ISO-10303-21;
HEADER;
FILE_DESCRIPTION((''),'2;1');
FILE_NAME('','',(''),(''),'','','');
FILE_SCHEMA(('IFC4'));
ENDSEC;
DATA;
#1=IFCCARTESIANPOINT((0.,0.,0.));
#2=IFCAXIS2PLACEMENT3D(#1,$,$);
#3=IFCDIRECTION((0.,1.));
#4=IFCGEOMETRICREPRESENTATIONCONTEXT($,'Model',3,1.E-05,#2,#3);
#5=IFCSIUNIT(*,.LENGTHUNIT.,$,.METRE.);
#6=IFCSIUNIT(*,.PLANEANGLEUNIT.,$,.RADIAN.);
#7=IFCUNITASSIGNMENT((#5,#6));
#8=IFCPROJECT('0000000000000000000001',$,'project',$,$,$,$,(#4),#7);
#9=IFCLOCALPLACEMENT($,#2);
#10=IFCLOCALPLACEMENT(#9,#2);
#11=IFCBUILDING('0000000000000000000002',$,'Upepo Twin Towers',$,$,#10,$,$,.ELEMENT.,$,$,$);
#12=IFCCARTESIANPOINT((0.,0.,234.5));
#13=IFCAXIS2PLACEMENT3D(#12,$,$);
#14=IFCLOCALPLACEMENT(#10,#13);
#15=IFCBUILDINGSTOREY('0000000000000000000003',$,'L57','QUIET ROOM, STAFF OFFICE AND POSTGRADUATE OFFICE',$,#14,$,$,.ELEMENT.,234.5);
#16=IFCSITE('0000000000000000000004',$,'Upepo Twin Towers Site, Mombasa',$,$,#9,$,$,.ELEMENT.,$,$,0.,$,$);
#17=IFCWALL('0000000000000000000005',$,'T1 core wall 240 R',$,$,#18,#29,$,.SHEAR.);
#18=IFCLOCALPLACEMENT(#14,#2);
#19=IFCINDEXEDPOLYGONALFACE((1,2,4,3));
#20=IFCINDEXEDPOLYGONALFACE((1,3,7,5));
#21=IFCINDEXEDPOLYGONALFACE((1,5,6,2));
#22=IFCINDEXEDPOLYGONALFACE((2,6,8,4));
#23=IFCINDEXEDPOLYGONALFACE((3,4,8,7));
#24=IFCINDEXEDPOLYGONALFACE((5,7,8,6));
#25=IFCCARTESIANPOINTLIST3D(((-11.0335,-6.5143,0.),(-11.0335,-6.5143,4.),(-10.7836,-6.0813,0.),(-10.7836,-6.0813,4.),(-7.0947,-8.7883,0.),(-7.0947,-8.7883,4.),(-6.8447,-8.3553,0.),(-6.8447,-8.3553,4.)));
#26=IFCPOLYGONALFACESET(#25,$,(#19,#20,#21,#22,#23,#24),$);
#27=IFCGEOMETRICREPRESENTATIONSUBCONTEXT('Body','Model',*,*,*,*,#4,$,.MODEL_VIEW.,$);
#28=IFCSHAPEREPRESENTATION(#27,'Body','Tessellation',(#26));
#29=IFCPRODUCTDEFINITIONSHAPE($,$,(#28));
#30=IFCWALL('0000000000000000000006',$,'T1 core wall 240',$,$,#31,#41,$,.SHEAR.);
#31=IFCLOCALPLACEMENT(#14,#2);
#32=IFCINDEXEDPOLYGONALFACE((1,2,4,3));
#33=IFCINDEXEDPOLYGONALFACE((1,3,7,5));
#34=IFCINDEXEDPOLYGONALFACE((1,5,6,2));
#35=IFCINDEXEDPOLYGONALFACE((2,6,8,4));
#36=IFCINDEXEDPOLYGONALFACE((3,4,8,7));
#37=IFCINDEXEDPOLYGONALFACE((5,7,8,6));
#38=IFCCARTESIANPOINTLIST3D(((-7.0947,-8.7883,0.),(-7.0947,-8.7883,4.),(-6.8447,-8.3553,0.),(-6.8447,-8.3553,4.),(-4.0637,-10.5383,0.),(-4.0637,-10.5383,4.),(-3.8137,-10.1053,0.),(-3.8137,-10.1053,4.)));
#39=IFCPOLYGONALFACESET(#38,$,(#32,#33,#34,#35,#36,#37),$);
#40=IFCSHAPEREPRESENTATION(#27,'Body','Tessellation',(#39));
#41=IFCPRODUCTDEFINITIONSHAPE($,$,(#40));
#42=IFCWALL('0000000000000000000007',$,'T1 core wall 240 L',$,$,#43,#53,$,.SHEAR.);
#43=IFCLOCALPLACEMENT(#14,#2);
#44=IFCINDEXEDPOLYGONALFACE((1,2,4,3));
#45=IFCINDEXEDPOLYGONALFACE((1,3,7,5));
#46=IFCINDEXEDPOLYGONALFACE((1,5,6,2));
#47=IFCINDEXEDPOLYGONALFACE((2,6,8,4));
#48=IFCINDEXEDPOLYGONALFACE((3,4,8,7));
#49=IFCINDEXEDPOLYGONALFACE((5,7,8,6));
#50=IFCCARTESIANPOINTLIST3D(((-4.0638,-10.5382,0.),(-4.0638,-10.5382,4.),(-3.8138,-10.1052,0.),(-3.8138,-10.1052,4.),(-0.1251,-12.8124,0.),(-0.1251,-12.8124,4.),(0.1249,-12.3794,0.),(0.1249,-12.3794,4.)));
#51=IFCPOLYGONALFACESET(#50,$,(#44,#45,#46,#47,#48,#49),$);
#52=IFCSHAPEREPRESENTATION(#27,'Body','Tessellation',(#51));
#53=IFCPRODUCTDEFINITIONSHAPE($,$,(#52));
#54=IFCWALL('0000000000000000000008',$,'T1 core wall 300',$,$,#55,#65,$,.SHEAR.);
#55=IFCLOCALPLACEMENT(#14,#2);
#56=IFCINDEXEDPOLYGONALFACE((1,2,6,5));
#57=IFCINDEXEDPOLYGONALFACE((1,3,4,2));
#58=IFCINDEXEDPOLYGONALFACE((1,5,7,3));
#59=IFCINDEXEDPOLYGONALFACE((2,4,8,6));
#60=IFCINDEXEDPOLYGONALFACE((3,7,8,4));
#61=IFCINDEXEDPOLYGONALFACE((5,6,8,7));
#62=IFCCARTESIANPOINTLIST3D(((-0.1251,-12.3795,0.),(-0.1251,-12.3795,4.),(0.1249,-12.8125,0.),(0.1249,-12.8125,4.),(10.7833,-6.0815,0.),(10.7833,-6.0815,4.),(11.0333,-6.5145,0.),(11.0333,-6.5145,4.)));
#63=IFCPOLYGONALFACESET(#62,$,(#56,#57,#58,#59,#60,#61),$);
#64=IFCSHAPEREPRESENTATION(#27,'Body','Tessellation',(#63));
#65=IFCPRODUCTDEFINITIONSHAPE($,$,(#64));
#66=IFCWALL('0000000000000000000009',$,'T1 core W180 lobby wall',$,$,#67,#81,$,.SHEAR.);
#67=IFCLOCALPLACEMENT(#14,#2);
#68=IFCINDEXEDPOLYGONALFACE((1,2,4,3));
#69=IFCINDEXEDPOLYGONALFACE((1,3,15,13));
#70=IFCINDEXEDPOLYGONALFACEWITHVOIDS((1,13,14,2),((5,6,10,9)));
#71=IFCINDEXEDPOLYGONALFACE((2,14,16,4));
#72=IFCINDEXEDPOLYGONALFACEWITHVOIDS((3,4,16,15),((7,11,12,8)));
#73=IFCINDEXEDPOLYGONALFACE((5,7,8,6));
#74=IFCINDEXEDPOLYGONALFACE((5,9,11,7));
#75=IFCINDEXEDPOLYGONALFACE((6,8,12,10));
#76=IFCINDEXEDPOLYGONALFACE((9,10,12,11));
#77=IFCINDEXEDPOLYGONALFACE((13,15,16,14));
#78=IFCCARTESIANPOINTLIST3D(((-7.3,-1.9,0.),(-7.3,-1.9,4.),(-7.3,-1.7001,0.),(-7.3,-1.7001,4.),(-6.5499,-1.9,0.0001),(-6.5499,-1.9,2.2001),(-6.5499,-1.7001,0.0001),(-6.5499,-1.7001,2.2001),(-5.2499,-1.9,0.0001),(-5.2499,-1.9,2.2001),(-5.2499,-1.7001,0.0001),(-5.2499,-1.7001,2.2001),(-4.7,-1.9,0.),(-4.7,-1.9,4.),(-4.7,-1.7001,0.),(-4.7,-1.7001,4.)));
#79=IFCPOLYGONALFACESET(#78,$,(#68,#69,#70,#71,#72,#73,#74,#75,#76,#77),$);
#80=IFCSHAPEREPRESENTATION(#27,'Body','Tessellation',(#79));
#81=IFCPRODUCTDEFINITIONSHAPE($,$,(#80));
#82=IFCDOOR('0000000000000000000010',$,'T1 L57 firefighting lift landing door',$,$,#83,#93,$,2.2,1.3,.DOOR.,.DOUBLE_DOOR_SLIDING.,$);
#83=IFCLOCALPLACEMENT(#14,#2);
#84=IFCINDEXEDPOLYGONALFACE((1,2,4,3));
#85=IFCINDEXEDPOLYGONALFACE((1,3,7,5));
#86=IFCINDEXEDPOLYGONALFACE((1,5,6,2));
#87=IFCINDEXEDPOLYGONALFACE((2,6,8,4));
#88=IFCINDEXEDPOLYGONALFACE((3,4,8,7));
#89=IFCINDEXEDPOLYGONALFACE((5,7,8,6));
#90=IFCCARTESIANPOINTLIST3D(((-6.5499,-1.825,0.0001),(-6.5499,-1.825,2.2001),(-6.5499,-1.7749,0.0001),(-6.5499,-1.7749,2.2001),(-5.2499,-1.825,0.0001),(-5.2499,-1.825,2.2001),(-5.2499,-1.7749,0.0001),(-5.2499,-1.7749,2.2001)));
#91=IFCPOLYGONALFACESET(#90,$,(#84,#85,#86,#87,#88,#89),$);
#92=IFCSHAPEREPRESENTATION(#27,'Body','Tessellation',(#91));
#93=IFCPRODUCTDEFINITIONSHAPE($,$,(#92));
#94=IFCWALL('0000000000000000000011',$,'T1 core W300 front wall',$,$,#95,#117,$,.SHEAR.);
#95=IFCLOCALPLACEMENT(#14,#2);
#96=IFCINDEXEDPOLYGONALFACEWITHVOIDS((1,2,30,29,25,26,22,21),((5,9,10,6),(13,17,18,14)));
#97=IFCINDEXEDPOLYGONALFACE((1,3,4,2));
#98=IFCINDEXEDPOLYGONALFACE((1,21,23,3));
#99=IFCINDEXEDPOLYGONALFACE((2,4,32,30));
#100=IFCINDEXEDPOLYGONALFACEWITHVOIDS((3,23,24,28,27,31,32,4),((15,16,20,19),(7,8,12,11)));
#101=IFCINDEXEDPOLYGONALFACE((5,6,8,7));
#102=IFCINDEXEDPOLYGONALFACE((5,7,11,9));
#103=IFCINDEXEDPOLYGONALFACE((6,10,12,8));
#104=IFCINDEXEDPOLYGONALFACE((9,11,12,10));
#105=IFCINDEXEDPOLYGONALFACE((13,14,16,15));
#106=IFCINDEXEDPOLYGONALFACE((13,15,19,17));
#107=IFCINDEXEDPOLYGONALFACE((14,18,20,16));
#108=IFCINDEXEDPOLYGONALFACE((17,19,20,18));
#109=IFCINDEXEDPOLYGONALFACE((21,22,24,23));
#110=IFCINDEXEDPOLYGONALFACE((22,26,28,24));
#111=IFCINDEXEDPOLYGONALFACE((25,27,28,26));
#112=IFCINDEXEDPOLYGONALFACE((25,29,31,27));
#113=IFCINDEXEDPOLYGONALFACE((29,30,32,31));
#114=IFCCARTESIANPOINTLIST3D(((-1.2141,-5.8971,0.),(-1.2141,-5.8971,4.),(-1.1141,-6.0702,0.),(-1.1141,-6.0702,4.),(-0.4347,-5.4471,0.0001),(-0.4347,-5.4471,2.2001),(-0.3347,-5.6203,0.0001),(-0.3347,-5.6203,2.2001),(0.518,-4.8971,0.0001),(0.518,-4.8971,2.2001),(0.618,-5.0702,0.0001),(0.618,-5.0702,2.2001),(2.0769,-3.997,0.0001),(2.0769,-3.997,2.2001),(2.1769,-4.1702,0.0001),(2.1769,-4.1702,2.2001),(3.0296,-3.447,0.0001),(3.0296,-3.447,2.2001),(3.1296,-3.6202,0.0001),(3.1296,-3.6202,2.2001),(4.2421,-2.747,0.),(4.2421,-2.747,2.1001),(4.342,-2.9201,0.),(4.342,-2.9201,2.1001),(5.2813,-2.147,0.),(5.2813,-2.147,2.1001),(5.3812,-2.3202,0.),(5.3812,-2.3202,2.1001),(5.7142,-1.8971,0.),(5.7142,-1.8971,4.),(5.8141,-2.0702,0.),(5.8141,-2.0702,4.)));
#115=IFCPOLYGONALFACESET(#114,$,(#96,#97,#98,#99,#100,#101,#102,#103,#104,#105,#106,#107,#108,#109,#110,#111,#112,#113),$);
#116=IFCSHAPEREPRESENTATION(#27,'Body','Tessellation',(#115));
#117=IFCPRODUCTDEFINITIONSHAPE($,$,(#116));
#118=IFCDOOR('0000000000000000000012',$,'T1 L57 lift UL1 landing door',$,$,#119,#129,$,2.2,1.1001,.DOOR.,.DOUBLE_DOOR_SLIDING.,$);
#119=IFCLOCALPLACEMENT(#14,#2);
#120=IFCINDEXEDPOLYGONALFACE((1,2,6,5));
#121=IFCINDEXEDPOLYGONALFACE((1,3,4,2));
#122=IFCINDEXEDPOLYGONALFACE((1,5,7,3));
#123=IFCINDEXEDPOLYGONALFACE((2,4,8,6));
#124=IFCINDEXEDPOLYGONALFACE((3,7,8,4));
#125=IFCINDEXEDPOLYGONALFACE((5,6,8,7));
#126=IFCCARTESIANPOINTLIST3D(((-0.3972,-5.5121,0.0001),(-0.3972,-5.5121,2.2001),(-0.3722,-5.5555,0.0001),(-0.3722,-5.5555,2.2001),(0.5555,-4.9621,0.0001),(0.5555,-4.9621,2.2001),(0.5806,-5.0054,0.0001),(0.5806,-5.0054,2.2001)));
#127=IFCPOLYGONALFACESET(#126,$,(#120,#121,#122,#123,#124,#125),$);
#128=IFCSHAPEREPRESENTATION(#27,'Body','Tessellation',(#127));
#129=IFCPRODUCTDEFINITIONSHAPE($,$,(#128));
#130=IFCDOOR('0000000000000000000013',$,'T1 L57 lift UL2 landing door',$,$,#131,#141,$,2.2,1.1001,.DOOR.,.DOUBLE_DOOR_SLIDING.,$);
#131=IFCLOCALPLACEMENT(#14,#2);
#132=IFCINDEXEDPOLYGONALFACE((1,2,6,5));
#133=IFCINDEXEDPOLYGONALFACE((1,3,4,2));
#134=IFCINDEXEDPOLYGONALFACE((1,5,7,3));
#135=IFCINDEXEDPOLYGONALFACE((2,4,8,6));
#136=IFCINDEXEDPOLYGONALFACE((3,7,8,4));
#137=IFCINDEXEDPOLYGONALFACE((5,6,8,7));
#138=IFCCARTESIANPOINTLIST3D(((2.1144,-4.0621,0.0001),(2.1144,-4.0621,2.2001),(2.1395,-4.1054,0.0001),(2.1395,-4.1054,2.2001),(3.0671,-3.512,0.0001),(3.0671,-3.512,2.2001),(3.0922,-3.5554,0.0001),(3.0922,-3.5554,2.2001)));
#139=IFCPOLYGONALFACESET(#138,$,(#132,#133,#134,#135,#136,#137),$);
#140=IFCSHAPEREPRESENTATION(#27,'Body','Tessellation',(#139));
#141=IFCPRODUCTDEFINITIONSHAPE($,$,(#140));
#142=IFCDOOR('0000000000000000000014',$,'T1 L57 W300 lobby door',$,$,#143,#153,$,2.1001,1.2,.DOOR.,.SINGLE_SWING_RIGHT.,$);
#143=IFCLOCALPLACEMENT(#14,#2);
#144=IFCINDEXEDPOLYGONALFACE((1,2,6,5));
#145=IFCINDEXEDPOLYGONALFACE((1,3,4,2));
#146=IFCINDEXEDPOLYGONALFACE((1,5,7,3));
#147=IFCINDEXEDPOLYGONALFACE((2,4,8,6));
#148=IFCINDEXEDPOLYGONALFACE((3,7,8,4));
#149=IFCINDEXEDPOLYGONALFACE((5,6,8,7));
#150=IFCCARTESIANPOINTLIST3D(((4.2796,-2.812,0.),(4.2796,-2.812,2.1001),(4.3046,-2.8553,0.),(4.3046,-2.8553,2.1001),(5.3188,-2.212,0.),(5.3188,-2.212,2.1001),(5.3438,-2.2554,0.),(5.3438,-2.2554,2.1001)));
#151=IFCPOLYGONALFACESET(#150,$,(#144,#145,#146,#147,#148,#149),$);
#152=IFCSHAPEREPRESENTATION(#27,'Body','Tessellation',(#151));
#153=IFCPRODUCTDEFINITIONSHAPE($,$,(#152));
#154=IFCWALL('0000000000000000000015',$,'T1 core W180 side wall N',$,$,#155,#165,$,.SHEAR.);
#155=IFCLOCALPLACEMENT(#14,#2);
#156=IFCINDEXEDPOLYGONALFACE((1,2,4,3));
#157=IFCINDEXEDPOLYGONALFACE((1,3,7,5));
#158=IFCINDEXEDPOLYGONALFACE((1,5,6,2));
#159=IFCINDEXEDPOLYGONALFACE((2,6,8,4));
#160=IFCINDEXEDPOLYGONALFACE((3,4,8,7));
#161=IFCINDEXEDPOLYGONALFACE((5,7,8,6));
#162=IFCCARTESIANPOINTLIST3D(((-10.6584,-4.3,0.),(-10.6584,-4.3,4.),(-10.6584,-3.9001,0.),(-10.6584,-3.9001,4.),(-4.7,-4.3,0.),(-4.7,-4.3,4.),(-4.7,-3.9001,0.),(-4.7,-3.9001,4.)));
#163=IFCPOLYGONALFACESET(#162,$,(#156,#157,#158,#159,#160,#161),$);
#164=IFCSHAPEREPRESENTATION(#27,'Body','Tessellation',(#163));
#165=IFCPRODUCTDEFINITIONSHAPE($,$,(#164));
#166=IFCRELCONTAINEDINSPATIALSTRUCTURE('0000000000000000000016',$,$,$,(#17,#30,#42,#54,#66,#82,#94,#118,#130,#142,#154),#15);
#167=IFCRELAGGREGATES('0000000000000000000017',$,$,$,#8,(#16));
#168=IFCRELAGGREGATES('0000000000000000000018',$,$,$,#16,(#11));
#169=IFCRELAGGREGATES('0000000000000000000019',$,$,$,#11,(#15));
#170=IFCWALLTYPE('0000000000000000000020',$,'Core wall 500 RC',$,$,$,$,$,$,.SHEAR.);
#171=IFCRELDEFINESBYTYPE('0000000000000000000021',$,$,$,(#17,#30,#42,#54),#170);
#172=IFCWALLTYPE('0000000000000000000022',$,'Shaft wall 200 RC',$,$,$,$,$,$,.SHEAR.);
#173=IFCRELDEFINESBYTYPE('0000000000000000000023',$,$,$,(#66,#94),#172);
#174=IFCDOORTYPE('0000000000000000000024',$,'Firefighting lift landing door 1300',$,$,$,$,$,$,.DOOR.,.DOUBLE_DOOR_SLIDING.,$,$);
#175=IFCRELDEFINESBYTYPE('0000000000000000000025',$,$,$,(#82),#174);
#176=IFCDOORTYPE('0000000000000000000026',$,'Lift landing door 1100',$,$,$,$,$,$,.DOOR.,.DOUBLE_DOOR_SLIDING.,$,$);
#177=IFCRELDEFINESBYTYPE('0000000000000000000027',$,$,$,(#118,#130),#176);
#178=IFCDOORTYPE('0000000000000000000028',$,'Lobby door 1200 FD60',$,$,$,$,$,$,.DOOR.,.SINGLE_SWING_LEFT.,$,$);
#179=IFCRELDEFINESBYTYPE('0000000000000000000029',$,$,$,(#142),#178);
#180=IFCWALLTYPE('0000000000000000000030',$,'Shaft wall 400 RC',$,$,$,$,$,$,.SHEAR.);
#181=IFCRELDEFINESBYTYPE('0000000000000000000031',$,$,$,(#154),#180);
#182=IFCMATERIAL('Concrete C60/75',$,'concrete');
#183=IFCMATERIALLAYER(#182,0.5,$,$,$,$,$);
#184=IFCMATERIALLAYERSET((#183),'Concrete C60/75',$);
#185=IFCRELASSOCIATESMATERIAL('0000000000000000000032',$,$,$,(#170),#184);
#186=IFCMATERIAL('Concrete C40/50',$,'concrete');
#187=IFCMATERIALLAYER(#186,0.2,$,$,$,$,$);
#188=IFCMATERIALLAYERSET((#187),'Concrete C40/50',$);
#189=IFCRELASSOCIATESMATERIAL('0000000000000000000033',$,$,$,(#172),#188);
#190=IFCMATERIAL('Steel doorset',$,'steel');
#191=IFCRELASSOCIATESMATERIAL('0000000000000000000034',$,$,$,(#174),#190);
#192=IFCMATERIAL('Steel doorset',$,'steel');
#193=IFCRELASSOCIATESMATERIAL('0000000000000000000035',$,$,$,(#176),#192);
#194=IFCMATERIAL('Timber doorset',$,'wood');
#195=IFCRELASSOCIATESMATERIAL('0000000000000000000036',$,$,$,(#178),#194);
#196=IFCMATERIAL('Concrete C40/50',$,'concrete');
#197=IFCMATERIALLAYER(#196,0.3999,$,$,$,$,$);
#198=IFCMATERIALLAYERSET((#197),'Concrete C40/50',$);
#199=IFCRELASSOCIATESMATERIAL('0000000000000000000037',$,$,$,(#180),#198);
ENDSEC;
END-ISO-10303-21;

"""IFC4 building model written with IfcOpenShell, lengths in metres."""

from ifc_helpers import new_model, si_unit, direction, frame, frame_2d, origin, place, context, subcontext, project, spatial, rectangle, extrude, material, layer, layer_set, type_object, element, fill, save


model = new_model("IFC4")

# Units and contexts
model_context = context("Model", 3, precision=1e-05, world=origin(), true_north=direction((0.0, 1.0)))
body_context = subcontext(model_context, "Body", "Model", "MODEL_VIEW")
ifc_project = project(units=[si_unit("LENGTHUNIT", "METRE"), si_unit("PLANEANGLEUNIT", "RADIAN")], contexts=[model_context])

# Site, building, storey
site_placement = place(None, origin())
site = spatial("IfcSite", under=ifc_project, at=site_placement, Name="Upepo Twin Towers Site, Mombasa", CompositionType="ELEMENT", RefElevation=0.0)
building_placement = place(site_placement, origin())
building = spatial("IfcBuilding", under=site, at=building_placement, Name="Upepo Twin Towers", CompositionType="ELEMENT")
storey_placement = place(building_placement, frame((0.0, 0.0, 234.5)))
storey = spatial("IfcBuildingStorey", under=building, at=storey_placement, Name="L57", Description="QUIET ROOM, STAFF OFFICE AND POSTGRADUATE OFFICE", CompositionType="ELEMENT", Elevation=234.5)

# Walls
ifc_material_1 = material(Name="Concrete C60/75", Category="concrete")
ifc_layer_1 = layer(ifc_material_1, 0.5)
ifc_layer_set_1 = layer_set([ifc_layer_1], Name="Concrete C60/75")
wall_type_1 = type_object("IfcWallType", Name="Core wall 500 RC", PredefinedType="SHEAR", material=ifc_layer_set_1)
wall_1_placement = place(storey_placement, frame((-10.9084, -6.2979, 0.0), z_axis=(0.0, 0.0, 1.0), x_axis=(0.866035, -0.499984, 0.0)))
element("IfcWall", 1, at=wall_1_placement, inside=storey, type_object=wall_type_1, Name="T1 core wall 240 R", PredefinedType="SHEAR", context=body_context, shape_type="SweptSolid", body=[
    extrude(rectangle(XDim=4.5481, YDim=0.5, at=frame_2d((2.2739, 0.0))), origin(), (0.0, 0.0, 1.0), 4.0),
])
wall_2_placement = place(storey_placement, frame((-6.9697, -8.5718, 0.0), z_axis=(0.0, 0.0, 1.0), x_axis=(0.866019, -0.50001, 0.0)))
element("IfcWall", 2, at=wall_2_placement, inside=storey, type_object=wall_type_1, Name="T1 core wall 240", PredefinedType="SHEAR", context=body_context, shape_type="SweptSolid", body=[
    extrude(rectangle(XDim=3.5, YDim=0.5, at=frame_2d((1.75, 0.0))), origin(), (0.0, 0.0, 1.0), 4.0),
])
wall_3_placement = place(storey_placement, frame((-3.9387, -10.3218, 0.0), z_axis=(0.0, 0.0, 1.0), x_axis=(0.866011, -0.500024, 0.0)))
element("IfcWall", 3, at=wall_3_placement, inside=storey, type_object=wall_type_1, Name="T1 core wall 240 L", PredefinedType="SHEAR", context=body_context, shape_type="SweptSolid", body=[
    extrude(rectangle(XDim=4.5481, YDim=0.5, at=frame_2d((2.2739, 0.0))), origin(), (0.0, 0.0, 1.0), 4.0),
])
wall_4_placement = place(storey_placement, frame((0.0, -12.5959, 0.0), z_axis=(0.0, 0.0, 1.0), x_axis=(0.866022, 0.500006, 0.0)))
element("IfcWall", 4, at=wall_4_placement, inside=storey, type_object=wall_type_1, Name="T1 core wall 300", PredefinedType="SHEAR", context=body_context, shape_type="SweptSolid", body=[
    extrude(rectangle(XDim=12.5959, YDim=0.5, at=frame_2d((6.2979, 0.0))), origin(), (0.0, 0.0, 1.0), 4.0),
])

# Wall, opening, door
ifc_material_2 = material(Name="Concrete C40/50", Category="concrete")
ifc_layer_2 = layer(ifc_material_2, 0.2)
ifc_layer_set_2 = layer_set([ifc_layer_2], Name="Concrete C40/50")
wall_type_2 = type_object("IfcWallType", Name="Shaft wall 200 RC", PredefinedType="SHEAR", material=ifc_layer_set_2)
wall_5_placement = place(storey_placement, frame((-4.7, -1.8, 0.0), z_axis=(0.0, 0.0, 1.0), x_axis=(-1.0, 0.0, 0.0)))
wall_5 = element("IfcWall", 5, at=wall_5_placement, inside=storey, type_object=wall_type_2, Name="T1 core W180 lobby wall", PredefinedType="SHEAR", context=body_context, shape_type="SweptSolid", body=[
    extrude(rectangle(XDim=2.6001, YDim=0.2, at=frame_2d((1.3, 0.0))), origin(), (0.0, 0.0, 1.0), 4.0),
])
opening_1_placement = place(wall_5_placement, frame((0.55, 0.0, 0.0)))
opening_1 = element("IfcOpeningElement", 6, at=opening_1_placement, cuts=wall_5, PredefinedType="OPENING", context=body_context, shape_type="SweptSolid", body=[
    extrude(rectangle(XDim=1.3, YDim=2.2, at=frame_2d((0.6499, 1.1001))), frame((0.0, 0.1099, 0.0), z_axis=(0.0, -1.0, 0.0), x_axis=(1.0, 0.0, 0.0)), (0.0, 0.0, 1.0), 0.22),
])
ifc_material_3 = material(Name="Steel doorset", Category="steel")
door_type_1 = type_object("IfcDoorType", Name="Firefighting lift landing door 1300", OperationType="DOUBLE_DOOR_SLIDING", PredefinedType="DOOR", material=ifc_material_3)
door_1_placement = place(opening_1_placement, origin())
door_1 = element("IfcDoor", 7, at=door_1_placement, inside=storey, type_object=door_type_1, Name="T1 L57 firefighting lift landing door", OperationType="DOUBLE_DOOR_SLIDING", OverallHeight=2.2, OverallWidth=1.3, PredefinedType="DOOR", context=body_context, shape_type="SweptSolid", body=[
    extrude(rectangle(XDim=1.3, YDim=2.2, at=frame_2d((0.6499, 1.1001))), frame((0.0, 0.0249, 0.0), z_axis=(0.0, -1.0, 0.0), x_axis=(1.0, 0.0, 0.0)), (0.0, 0.0, 1.0), 0.05),
])
fill(opening_1, door_1)

# Wall, openings, doors
wall_6_placement = place(storey_placement, frame((-1.1641, -5.9836, 0.0), z_axis=(0.0, 0.0, 1.0), x_axis=(0.866026, 0.499999, 0.0)))
wall_6 = element("IfcWall", 8, at=wall_6_placement, inside=storey, type_object=wall_type_2, Name="T1 core W300 front wall", PredefinedType="SHEAR", context=body_context, shape_type="SweptSolid", body=[
    extrude(rectangle(XDim=8.0, YDim=0.2, at=frame_2d((4.0, 0.0))), origin(), (0.0, 0.0, 1.0), 4.0),
])
opening_2_placement = place(wall_6_placement, frame((6.3, 0.0, 0.0)))
opening_2 = element("IfcOpeningElement", 9, at=opening_2_placement, cuts=wall_6, PredefinedType="OPENING", context=body_context, shape_type="SweptSolid", body=[
    extrude(rectangle(XDim=1.2, YDim=2.1001, at=frame_2d((0.6001, 1.05))), frame((0.0, 0.1099, 0.0), z_axis=(0.0, -1.0, 0.0), x_axis=(1.0, 0.0, 0.0)), (0.0, 0.0, 1.0), 0.22),
])
opening_3_placement = place(wall_6_placement, frame((0.8999, 0.0, 0.0)))
opening_3 = element("IfcOpeningElement", 10, at=opening_3_placement, cuts=wall_6, PredefinedType="OPENING", context=body_context, shape_type="SweptSolid", body=[
    extrude(rectangle(XDim=1.1001, YDim=2.2, at=frame_2d((0.55, 1.1001))), frame((0.0, 0.1099, 0.0), z_axis=(0.0, -1.0, 0.0), x_axis=(1.0, 0.0, 0.0)), (0.0, 0.0, 1.0), 0.22),
])
opening_4_placement = place(wall_6_placement, frame((3.8, 0.0, 0.0)))
opening_4 = element("IfcOpeningElement", 11, at=opening_4_placement, cuts=wall_6, PredefinedType="OPENING", context=body_context, shape_type="SweptSolid", body=[
    extrude(rectangle(XDim=1.1001, YDim=2.2, at=frame_2d((0.55, 1.1001))), frame((0.0, 0.1099, 0.0), z_axis=(0.0, -1.0, 0.0), x_axis=(1.0, 0.0, 0.0)), (0.0, 0.0, 1.0), 0.22),
])
ifc_material_4 = material(Name="Steel doorset", Category="steel")
door_type_2 = type_object("IfcDoorType", Name="Lift landing door 1100", OperationType="DOUBLE_DOOR_SLIDING", PredefinedType="DOOR", material=ifc_material_4)
door_2_placement = place(opening_3_placement, origin())
door_2 = element("IfcDoor", 12, at=door_2_placement, inside=storey, type_object=door_type_2, Name="T1 L57 lift UL1 landing door", OperationType="DOUBLE_DOOR_SLIDING", OverallHeight=2.2, OverallWidth=1.1001, PredefinedType="DOOR", context=body_context, shape_type="SweptSolid", body=[
    extrude(rectangle(XDim=1.1001, YDim=2.2, at=frame_2d((0.55, 1.1001))), frame((0.0, 0.0249, 0.0), z_axis=(0.0, -1.0, 0.0), x_axis=(1.0, 0.0, 0.0)), (0.0, 0.0, 1.0), 0.05),
])
fill(opening_3, door_2)
door_3_placement = place(opening_4_placement, origin())
door_3 = element("IfcDoor", 13, at=door_3_placement, inside=storey, type_object=door_type_2, Name="T1 L57 lift UL2 landing door", OperationType="DOUBLE_DOOR_SLIDING", OverallHeight=2.2, OverallWidth=1.1001, PredefinedType="DOOR", context=body_context, shape_type="SweptSolid", body=[
    extrude(rectangle(XDim=1.1001, YDim=2.2, at=frame_2d((0.55, 1.1001))), frame((0.0, 0.0249, 0.0), z_axis=(0.0, -1.0, 0.0), x_axis=(1.0, 0.0, 0.0)), (0.0, 0.0, 1.0), 0.05),
])
fill(opening_4, door_3)
ifc_material_5 = material(Name="Timber doorset", Category="wood")
door_type_3 = type_object("IfcDoorType", Name="Lobby door 1200 FD60", OperationType="SINGLE_SWING_LEFT", PredefinedType="DOOR", material=ifc_material_5)
door_4_placement = place(opening_2_placement, origin())
door_4 = element("IfcDoor", 14, at=door_4_placement, inside=storey, type_object=door_type_3, Name="T1 L57 W300 lobby door", OperationType="SINGLE_SWING_RIGHT", OverallHeight=2.1001, OverallWidth=1.2, PredefinedType="DOOR", context=body_context, shape_type="SweptSolid", body=[
    extrude(rectangle(XDim=1.2, YDim=2.1001, at=frame_2d((0.6001, 1.05))), frame((0.0, 0.0249, 0.0), z_axis=(0.0, -1.0, 0.0), x_axis=(1.0, 0.0, 0.0)), (0.0, 0.0, 1.0), 0.05),
])
fill(opening_2, door_4)

# Wall
ifc_material_6 = material(Name="Concrete C40/50", Category="concrete")
ifc_layer_3 = layer(ifc_material_6, 0.3999)
ifc_layer_set_3 = layer_set([ifc_layer_3], Name="Concrete C40/50")
wall_type_3 = type_object("IfcWallType", Name="Shaft wall 400 RC", PredefinedType="SHEAR", material=ifc_layer_set_3)
wall_7_placement = place(storey_placement, frame((-4.7, -4.1001, 0.0), z_axis=(0.0, 0.0, 1.0), x_axis=(-1.0, 0.0, 0.0)))
element("IfcWall", 15, at=wall_7_placement, inside=storey, type_object=wall_type_3, Name="T1 core W180 side wall N", PredefinedType="SHEAR", context=body_context, shape_type="SweptSolid", body=[
    extrude(rectangle(XDim=5.9585, YDim=0.3999, at=frame_2d((2.9792, 0.0))), origin(), (0.0, 0.0, 1.0), 4.0),
])

save(model, "model.ifc")
